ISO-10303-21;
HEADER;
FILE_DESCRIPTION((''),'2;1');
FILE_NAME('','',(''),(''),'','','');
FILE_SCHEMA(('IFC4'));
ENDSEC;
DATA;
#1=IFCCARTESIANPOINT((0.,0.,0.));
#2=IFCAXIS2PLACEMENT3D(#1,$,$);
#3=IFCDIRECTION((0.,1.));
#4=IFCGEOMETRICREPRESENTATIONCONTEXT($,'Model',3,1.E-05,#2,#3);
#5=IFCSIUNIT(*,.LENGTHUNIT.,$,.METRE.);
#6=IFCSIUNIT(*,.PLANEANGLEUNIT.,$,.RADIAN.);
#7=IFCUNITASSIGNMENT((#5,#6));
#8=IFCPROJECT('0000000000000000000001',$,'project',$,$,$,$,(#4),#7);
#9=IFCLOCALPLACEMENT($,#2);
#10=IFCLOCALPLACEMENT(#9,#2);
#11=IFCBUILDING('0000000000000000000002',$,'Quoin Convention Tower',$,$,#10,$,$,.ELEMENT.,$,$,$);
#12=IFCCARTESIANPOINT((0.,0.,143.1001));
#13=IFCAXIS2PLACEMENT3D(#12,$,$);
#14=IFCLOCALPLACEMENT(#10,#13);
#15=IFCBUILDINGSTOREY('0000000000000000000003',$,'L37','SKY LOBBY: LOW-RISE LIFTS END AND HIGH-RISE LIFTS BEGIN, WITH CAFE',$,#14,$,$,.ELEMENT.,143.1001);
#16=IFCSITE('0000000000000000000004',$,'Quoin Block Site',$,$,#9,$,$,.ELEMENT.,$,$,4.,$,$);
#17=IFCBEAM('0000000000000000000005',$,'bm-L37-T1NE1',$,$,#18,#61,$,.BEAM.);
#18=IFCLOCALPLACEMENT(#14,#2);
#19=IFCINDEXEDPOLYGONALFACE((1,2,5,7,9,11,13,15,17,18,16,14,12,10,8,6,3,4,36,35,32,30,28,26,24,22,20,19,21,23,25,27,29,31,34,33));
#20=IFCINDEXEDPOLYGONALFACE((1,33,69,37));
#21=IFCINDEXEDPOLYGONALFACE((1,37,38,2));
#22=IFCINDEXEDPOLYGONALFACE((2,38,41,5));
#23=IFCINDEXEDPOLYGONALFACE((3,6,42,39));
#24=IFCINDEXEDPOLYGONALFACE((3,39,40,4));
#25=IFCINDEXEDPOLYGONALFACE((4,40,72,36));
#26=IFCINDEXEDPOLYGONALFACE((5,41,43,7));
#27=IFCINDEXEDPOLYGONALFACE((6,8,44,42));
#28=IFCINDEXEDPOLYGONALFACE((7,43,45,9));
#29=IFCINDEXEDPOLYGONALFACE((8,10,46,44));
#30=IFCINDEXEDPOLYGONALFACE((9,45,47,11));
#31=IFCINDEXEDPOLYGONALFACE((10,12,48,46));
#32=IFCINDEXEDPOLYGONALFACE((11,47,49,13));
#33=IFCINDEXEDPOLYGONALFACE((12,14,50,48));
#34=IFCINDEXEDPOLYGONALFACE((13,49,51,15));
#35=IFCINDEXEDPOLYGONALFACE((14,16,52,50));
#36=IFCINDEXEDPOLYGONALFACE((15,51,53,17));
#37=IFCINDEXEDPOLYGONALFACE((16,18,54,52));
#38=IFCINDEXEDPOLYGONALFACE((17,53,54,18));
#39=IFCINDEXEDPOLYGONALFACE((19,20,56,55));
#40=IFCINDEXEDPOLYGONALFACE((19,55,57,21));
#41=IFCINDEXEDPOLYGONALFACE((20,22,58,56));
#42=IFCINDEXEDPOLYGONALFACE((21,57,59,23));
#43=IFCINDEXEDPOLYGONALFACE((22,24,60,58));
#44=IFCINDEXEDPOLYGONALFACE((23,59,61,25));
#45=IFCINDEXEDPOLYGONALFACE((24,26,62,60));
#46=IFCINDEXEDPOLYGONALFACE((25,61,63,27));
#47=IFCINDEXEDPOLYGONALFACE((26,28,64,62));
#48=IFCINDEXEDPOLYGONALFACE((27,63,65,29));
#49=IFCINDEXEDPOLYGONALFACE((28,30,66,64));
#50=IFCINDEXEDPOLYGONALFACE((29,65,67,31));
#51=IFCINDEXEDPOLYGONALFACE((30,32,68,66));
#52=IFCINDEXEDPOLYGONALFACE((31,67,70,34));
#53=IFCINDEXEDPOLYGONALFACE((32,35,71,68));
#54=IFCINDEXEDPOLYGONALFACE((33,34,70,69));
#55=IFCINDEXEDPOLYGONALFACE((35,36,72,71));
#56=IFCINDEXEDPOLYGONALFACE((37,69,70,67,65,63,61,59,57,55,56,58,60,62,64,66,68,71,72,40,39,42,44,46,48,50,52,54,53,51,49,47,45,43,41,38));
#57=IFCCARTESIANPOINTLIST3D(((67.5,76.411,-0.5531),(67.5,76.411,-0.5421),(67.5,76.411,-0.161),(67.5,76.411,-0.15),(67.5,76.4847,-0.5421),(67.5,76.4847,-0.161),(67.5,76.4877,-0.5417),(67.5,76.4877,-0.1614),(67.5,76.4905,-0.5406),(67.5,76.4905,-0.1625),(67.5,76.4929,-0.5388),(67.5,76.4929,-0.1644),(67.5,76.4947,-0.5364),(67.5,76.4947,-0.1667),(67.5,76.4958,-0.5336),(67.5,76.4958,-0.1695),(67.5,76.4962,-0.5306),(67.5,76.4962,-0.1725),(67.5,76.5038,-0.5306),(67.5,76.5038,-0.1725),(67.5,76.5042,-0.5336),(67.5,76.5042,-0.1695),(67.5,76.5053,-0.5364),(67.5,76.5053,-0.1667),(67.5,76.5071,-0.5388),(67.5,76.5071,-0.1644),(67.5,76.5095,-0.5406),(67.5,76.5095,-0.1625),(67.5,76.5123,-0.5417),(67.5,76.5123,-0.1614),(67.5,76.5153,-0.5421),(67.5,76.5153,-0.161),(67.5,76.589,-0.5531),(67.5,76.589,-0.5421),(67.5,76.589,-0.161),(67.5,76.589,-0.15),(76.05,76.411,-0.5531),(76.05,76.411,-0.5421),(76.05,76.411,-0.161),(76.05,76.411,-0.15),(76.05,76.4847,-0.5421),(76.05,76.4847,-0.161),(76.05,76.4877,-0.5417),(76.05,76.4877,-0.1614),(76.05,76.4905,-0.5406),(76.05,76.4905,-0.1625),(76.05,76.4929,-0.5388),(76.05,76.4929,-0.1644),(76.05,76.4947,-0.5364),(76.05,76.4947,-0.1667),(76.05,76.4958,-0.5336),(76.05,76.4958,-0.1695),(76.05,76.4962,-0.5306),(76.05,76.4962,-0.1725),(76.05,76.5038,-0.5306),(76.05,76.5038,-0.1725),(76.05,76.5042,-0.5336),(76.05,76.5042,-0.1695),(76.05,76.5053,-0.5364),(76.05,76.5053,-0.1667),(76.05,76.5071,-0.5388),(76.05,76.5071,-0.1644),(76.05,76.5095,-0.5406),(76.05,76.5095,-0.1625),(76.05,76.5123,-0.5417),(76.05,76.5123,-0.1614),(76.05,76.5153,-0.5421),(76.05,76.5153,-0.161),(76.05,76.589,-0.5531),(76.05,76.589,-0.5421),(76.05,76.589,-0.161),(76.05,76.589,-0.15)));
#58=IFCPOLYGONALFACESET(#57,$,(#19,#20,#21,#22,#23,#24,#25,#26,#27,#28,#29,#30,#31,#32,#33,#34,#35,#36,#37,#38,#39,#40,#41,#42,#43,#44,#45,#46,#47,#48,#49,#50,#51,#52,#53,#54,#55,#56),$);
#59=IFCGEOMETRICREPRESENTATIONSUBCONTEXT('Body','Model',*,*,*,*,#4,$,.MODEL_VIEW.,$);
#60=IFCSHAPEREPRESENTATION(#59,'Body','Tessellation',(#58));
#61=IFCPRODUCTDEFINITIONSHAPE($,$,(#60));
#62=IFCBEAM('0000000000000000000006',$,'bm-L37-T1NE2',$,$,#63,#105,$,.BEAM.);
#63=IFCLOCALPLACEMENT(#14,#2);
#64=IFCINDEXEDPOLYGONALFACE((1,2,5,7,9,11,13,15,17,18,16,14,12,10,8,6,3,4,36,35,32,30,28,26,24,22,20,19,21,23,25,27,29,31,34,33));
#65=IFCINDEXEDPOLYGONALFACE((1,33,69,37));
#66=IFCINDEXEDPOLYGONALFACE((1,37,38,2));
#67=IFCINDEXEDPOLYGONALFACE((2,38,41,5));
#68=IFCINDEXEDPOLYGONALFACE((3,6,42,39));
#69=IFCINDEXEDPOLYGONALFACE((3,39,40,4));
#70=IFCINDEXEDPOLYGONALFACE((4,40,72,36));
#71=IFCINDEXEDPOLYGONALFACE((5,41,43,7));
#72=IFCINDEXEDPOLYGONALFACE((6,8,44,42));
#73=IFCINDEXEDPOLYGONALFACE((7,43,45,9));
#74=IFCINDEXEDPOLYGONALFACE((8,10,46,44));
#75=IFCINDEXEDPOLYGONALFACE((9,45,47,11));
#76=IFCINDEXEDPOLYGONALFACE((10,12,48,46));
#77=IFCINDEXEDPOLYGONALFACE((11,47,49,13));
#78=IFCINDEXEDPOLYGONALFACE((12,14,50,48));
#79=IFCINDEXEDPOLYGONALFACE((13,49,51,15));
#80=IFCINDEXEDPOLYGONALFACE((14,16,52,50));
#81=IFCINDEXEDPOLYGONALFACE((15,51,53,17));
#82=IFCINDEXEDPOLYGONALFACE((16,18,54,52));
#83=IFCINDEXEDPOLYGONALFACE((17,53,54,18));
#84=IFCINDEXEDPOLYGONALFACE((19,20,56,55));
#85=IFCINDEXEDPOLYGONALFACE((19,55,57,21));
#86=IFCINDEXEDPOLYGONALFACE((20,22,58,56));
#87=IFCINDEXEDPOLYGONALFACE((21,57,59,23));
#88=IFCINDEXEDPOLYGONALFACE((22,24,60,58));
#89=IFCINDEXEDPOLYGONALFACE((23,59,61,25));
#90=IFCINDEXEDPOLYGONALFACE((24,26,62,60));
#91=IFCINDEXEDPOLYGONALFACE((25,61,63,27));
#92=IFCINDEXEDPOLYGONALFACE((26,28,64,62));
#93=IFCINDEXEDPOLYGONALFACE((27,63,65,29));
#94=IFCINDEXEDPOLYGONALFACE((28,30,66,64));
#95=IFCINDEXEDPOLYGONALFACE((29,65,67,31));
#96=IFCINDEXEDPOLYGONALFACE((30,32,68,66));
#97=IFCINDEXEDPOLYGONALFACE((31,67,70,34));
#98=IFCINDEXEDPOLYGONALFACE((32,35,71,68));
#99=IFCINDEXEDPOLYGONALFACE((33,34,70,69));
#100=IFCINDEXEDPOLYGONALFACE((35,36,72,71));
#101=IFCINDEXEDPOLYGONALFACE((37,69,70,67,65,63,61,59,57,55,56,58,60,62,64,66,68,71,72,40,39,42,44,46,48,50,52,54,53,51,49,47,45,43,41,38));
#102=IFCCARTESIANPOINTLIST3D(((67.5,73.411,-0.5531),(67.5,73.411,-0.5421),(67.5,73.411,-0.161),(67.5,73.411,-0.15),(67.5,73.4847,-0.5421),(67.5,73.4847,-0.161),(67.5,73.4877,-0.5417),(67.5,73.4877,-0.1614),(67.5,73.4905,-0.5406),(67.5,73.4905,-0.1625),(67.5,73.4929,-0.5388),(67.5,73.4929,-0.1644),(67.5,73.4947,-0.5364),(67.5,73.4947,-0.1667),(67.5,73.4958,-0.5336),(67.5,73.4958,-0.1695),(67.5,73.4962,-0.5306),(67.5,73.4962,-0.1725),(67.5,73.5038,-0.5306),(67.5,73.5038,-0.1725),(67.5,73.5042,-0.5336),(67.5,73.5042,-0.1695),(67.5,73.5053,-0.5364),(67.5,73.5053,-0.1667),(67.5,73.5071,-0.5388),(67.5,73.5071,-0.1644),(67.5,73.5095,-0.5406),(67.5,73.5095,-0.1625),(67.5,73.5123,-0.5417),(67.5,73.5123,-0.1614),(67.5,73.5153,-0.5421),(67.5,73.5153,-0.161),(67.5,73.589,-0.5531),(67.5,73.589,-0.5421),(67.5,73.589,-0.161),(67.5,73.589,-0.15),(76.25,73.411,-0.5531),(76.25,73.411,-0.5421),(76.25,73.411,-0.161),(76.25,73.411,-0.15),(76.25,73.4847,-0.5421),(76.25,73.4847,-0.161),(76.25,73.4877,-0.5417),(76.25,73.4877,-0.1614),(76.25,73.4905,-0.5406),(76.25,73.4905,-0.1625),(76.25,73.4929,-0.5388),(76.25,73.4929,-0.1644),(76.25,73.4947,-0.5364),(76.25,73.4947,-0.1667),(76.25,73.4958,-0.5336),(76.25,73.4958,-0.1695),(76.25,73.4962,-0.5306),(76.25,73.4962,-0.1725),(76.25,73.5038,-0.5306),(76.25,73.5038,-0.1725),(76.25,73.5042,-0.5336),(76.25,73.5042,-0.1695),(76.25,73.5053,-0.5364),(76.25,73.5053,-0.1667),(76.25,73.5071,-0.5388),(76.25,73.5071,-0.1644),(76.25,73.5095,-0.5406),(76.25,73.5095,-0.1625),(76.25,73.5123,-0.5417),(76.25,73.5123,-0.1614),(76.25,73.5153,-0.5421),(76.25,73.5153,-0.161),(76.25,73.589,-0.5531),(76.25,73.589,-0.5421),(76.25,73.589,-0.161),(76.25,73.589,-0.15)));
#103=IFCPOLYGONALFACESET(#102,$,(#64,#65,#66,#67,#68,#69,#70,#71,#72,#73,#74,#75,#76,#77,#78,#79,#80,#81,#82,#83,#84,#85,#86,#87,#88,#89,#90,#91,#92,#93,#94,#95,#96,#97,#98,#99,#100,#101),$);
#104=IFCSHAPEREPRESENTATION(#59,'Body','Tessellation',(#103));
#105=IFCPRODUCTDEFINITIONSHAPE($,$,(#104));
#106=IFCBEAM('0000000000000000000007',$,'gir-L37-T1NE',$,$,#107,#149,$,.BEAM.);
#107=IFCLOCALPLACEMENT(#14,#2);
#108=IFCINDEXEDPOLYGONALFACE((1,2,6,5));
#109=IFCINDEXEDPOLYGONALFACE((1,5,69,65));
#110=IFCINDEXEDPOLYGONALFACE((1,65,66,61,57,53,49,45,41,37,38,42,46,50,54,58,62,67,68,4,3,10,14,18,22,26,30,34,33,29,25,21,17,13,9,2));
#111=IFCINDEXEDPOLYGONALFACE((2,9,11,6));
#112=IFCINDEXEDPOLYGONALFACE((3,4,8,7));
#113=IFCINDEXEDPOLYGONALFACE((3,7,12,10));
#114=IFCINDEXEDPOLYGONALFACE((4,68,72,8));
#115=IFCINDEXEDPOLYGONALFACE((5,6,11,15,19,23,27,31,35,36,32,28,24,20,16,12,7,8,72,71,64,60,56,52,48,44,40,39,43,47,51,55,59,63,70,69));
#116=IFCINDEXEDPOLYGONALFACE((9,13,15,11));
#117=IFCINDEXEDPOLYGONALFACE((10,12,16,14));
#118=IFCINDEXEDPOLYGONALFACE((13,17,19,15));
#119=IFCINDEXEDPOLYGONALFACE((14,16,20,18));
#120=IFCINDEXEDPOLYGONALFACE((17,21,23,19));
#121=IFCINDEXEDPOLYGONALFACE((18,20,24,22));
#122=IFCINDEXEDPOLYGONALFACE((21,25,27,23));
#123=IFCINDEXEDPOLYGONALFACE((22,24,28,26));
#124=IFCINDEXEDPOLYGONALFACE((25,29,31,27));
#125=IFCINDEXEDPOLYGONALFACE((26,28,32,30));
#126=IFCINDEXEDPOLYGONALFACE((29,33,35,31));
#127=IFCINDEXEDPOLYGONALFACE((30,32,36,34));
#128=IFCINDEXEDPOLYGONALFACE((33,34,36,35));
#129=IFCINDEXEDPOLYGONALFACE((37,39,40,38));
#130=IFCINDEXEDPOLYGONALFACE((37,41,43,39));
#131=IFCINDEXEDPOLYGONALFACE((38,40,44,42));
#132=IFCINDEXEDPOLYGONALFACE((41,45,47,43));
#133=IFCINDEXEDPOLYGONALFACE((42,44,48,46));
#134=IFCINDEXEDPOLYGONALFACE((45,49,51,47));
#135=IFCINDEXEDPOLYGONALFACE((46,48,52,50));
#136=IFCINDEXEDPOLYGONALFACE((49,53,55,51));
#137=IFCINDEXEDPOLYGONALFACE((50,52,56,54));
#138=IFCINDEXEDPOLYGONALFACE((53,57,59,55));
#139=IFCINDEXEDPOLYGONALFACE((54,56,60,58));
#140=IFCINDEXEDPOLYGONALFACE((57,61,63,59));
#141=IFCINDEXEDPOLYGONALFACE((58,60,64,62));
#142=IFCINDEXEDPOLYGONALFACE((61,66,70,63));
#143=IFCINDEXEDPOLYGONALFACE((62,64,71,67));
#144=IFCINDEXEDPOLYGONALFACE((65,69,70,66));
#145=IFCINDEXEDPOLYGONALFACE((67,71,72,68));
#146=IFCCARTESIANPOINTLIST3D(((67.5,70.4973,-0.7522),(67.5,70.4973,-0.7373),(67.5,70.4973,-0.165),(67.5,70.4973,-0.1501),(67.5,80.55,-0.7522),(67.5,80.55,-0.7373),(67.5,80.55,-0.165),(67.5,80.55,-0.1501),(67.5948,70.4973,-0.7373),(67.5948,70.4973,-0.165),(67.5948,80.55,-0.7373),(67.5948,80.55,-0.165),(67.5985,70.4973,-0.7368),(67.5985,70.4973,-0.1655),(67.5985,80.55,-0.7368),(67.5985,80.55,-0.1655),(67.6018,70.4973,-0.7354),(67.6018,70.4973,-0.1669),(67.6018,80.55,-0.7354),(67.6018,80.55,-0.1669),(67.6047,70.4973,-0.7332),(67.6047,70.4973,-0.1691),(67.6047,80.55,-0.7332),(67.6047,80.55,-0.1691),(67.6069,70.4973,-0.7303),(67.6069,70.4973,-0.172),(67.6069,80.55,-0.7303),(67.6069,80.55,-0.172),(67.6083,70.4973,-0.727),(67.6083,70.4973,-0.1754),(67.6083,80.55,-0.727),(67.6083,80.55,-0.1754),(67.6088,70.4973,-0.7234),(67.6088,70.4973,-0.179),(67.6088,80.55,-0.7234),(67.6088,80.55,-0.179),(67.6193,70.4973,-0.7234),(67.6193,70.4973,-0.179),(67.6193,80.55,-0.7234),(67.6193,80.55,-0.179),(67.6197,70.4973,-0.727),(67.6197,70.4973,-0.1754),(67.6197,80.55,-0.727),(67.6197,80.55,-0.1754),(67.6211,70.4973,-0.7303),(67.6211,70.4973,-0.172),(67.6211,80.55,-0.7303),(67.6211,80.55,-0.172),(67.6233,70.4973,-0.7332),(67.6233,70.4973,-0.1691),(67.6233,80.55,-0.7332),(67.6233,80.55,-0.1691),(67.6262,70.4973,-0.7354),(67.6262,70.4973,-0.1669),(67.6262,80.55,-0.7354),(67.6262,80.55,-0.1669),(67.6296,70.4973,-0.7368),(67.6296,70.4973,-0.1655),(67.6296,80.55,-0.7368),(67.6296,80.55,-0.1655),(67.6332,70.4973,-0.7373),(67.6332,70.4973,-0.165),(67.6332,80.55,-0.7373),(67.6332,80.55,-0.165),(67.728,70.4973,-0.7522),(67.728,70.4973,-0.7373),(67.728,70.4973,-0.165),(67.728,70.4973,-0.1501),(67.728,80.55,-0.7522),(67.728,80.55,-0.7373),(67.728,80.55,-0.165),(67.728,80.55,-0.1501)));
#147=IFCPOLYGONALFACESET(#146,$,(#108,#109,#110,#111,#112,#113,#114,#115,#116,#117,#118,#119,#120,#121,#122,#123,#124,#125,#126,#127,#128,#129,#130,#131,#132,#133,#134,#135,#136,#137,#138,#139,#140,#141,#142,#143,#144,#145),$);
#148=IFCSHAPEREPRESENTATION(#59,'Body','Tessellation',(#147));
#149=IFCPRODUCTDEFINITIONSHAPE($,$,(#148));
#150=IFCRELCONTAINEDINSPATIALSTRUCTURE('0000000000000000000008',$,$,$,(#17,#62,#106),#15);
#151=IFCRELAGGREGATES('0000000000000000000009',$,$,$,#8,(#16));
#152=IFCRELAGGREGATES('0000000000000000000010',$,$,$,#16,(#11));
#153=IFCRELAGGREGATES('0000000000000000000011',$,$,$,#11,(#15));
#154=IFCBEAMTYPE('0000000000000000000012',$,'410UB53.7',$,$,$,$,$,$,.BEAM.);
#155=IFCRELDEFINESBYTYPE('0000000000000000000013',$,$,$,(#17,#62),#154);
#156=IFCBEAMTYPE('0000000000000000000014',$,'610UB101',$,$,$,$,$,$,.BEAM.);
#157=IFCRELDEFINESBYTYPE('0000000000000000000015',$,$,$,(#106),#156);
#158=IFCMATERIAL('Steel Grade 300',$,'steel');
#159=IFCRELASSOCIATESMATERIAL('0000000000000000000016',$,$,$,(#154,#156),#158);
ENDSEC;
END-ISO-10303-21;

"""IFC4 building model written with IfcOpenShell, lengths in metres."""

from ifc_helpers import new_model, si_unit, direction, frame, origin, origin_2d, place, context, subcontext, project, spatial, i_section, extrude, material, material_profile, profile_set, type_object, element, save


model = new_model("IFC4")

# Units and contexts
model_context = context("Model", 3, precision=1e-05, world=origin(), true_north=direction((0.0, 1.0)))
body_context = subcontext(model_context, "Body", "Model", "MODEL_VIEW")
ifc_project = project(units=[si_unit("LENGTHUNIT", "METRE"), si_unit("PLANEANGLEUNIT", "RADIAN")], contexts=[model_context])

# Site, building, storey
site_placement = place(None, origin())
site = spatial("IfcSite", under=ifc_project, at=site_placement, Name="Quoin Block Site", CompositionType="ELEMENT", RefElevation=4.0)
building_placement = place(site_placement, origin())
building = spatial("IfcBuilding", under=site, at=building_placement, Name="Quoin Convention Tower", CompositionType="ELEMENT")
storey_placement = place(building_placement, frame((0.0, 0.0, 143.1001)))
storey = spatial("IfcBuildingStorey", under=building, at=storey_placement, Name="L37", Description="SKY LOBBY: LOW-RISE LIFTS END AND HIGH-RISE LIFTS BEGIN, WITH CAFE", CompositionType="ELEMENT", Elevation=143.1001)

# Beams
ifc_material_1 = material(Name="Steel Grade 300", Category="steel")
ifc_material_profile_1 = material_profile(ifc_material_1, i_section(OverallWidth=0.178, OverallDepth=0.4031, WebThickness=0.0076, FlangeThickness=0.011, FilletRadius=0.0115, at=origin_2d()), Name="410UB53.7")
ifc_profile_set_1 = profile_set([ifc_material_profile_1], Name="Steel Grade 300")
beam_type_1 = type_object("IfcBeamType", Name="410UB53.7", PredefinedType="BEAM", material=ifc_profile_set_1)
beam_1_placement = place(storey_placement, frame((67.5, 76.5, -0.3516), z_axis=(1.0, 0.0, 0.0), x_axis=(0.0, 1.0, 0.0)))
element("IfcBeam", 1, at=beam_1_placement, inside=storey, type_object=beam_type_1, Name="bm-L37-T1NE1", PredefinedType="BEAM", context=body_context, shape_type="SweptSolid", body=[
    extrude(i_section(OverallWidth=0.178, OverallDepth=0.4031, WebThickness=0.0076, FlangeThickness=0.011, FilletRadius=0.0115, at=origin_2d()), origin(), (0.0, 0.0, 1.0), 8.55),
])
beam_2_placement = place(storey_placement, frame((67.5, 73.5, -0.3516), z_axis=(1.0, 0.0, 0.0), x_axis=(0.0, 1.0, 0.0)))
element("IfcBeam", 2, at=beam_2_placement, inside=storey, type_object=beam_type_1, Name="bm-L37-T1NE2", PredefinedType="BEAM", context=body_context, shape_type="SweptSolid", body=[
    extrude(i_section(OverallWidth=0.178, OverallDepth=0.4031, WebThickness=0.0076, FlangeThickness=0.011, FilletRadius=0.0115, at=origin_2d()), origin(), (0.0, 0.0, 1.0), 8.75),
])
ifc_material_profile_2 = material_profile(ifc_material_1, i_section(OverallWidth=0.228, OverallDepth=0.6021, WebThickness=0.0105, FlangeThickness=0.0149, FilletRadius=0.0139, at=origin_2d()), Name="610UB101")
ifc_profile_set_2 = profile_set([ifc_material_profile_2], Name="Steel Grade 300")
beam_type_2 = type_object("IfcBeamType", Name="610UB101", PredefinedType="BEAM", material=ifc_profile_set_2)
beam_3_placement = place(storey_placement, frame((67.614, 80.55, -0.4512), z_axis=(0.0, -1.0, 0.0), x_axis=(1.0, 0.0, 0.0)))
element("IfcBeam", 3, at=beam_3_placement, inside=storey, type_object=beam_type_2, Name="gir-L37-T1NE", PredefinedType="BEAM", context=body_context, shape_type="SweptSolid", body=[
    extrude(i_section(OverallWidth=0.228, OverallDepth=0.6021, WebThickness=0.0105, FlangeThickness=0.0149, FilletRadius=0.0139, at=origin_2d()), origin(), (0.0, 0.0, 1.0), 10.0527),
])

save(model, "model.ifc")
